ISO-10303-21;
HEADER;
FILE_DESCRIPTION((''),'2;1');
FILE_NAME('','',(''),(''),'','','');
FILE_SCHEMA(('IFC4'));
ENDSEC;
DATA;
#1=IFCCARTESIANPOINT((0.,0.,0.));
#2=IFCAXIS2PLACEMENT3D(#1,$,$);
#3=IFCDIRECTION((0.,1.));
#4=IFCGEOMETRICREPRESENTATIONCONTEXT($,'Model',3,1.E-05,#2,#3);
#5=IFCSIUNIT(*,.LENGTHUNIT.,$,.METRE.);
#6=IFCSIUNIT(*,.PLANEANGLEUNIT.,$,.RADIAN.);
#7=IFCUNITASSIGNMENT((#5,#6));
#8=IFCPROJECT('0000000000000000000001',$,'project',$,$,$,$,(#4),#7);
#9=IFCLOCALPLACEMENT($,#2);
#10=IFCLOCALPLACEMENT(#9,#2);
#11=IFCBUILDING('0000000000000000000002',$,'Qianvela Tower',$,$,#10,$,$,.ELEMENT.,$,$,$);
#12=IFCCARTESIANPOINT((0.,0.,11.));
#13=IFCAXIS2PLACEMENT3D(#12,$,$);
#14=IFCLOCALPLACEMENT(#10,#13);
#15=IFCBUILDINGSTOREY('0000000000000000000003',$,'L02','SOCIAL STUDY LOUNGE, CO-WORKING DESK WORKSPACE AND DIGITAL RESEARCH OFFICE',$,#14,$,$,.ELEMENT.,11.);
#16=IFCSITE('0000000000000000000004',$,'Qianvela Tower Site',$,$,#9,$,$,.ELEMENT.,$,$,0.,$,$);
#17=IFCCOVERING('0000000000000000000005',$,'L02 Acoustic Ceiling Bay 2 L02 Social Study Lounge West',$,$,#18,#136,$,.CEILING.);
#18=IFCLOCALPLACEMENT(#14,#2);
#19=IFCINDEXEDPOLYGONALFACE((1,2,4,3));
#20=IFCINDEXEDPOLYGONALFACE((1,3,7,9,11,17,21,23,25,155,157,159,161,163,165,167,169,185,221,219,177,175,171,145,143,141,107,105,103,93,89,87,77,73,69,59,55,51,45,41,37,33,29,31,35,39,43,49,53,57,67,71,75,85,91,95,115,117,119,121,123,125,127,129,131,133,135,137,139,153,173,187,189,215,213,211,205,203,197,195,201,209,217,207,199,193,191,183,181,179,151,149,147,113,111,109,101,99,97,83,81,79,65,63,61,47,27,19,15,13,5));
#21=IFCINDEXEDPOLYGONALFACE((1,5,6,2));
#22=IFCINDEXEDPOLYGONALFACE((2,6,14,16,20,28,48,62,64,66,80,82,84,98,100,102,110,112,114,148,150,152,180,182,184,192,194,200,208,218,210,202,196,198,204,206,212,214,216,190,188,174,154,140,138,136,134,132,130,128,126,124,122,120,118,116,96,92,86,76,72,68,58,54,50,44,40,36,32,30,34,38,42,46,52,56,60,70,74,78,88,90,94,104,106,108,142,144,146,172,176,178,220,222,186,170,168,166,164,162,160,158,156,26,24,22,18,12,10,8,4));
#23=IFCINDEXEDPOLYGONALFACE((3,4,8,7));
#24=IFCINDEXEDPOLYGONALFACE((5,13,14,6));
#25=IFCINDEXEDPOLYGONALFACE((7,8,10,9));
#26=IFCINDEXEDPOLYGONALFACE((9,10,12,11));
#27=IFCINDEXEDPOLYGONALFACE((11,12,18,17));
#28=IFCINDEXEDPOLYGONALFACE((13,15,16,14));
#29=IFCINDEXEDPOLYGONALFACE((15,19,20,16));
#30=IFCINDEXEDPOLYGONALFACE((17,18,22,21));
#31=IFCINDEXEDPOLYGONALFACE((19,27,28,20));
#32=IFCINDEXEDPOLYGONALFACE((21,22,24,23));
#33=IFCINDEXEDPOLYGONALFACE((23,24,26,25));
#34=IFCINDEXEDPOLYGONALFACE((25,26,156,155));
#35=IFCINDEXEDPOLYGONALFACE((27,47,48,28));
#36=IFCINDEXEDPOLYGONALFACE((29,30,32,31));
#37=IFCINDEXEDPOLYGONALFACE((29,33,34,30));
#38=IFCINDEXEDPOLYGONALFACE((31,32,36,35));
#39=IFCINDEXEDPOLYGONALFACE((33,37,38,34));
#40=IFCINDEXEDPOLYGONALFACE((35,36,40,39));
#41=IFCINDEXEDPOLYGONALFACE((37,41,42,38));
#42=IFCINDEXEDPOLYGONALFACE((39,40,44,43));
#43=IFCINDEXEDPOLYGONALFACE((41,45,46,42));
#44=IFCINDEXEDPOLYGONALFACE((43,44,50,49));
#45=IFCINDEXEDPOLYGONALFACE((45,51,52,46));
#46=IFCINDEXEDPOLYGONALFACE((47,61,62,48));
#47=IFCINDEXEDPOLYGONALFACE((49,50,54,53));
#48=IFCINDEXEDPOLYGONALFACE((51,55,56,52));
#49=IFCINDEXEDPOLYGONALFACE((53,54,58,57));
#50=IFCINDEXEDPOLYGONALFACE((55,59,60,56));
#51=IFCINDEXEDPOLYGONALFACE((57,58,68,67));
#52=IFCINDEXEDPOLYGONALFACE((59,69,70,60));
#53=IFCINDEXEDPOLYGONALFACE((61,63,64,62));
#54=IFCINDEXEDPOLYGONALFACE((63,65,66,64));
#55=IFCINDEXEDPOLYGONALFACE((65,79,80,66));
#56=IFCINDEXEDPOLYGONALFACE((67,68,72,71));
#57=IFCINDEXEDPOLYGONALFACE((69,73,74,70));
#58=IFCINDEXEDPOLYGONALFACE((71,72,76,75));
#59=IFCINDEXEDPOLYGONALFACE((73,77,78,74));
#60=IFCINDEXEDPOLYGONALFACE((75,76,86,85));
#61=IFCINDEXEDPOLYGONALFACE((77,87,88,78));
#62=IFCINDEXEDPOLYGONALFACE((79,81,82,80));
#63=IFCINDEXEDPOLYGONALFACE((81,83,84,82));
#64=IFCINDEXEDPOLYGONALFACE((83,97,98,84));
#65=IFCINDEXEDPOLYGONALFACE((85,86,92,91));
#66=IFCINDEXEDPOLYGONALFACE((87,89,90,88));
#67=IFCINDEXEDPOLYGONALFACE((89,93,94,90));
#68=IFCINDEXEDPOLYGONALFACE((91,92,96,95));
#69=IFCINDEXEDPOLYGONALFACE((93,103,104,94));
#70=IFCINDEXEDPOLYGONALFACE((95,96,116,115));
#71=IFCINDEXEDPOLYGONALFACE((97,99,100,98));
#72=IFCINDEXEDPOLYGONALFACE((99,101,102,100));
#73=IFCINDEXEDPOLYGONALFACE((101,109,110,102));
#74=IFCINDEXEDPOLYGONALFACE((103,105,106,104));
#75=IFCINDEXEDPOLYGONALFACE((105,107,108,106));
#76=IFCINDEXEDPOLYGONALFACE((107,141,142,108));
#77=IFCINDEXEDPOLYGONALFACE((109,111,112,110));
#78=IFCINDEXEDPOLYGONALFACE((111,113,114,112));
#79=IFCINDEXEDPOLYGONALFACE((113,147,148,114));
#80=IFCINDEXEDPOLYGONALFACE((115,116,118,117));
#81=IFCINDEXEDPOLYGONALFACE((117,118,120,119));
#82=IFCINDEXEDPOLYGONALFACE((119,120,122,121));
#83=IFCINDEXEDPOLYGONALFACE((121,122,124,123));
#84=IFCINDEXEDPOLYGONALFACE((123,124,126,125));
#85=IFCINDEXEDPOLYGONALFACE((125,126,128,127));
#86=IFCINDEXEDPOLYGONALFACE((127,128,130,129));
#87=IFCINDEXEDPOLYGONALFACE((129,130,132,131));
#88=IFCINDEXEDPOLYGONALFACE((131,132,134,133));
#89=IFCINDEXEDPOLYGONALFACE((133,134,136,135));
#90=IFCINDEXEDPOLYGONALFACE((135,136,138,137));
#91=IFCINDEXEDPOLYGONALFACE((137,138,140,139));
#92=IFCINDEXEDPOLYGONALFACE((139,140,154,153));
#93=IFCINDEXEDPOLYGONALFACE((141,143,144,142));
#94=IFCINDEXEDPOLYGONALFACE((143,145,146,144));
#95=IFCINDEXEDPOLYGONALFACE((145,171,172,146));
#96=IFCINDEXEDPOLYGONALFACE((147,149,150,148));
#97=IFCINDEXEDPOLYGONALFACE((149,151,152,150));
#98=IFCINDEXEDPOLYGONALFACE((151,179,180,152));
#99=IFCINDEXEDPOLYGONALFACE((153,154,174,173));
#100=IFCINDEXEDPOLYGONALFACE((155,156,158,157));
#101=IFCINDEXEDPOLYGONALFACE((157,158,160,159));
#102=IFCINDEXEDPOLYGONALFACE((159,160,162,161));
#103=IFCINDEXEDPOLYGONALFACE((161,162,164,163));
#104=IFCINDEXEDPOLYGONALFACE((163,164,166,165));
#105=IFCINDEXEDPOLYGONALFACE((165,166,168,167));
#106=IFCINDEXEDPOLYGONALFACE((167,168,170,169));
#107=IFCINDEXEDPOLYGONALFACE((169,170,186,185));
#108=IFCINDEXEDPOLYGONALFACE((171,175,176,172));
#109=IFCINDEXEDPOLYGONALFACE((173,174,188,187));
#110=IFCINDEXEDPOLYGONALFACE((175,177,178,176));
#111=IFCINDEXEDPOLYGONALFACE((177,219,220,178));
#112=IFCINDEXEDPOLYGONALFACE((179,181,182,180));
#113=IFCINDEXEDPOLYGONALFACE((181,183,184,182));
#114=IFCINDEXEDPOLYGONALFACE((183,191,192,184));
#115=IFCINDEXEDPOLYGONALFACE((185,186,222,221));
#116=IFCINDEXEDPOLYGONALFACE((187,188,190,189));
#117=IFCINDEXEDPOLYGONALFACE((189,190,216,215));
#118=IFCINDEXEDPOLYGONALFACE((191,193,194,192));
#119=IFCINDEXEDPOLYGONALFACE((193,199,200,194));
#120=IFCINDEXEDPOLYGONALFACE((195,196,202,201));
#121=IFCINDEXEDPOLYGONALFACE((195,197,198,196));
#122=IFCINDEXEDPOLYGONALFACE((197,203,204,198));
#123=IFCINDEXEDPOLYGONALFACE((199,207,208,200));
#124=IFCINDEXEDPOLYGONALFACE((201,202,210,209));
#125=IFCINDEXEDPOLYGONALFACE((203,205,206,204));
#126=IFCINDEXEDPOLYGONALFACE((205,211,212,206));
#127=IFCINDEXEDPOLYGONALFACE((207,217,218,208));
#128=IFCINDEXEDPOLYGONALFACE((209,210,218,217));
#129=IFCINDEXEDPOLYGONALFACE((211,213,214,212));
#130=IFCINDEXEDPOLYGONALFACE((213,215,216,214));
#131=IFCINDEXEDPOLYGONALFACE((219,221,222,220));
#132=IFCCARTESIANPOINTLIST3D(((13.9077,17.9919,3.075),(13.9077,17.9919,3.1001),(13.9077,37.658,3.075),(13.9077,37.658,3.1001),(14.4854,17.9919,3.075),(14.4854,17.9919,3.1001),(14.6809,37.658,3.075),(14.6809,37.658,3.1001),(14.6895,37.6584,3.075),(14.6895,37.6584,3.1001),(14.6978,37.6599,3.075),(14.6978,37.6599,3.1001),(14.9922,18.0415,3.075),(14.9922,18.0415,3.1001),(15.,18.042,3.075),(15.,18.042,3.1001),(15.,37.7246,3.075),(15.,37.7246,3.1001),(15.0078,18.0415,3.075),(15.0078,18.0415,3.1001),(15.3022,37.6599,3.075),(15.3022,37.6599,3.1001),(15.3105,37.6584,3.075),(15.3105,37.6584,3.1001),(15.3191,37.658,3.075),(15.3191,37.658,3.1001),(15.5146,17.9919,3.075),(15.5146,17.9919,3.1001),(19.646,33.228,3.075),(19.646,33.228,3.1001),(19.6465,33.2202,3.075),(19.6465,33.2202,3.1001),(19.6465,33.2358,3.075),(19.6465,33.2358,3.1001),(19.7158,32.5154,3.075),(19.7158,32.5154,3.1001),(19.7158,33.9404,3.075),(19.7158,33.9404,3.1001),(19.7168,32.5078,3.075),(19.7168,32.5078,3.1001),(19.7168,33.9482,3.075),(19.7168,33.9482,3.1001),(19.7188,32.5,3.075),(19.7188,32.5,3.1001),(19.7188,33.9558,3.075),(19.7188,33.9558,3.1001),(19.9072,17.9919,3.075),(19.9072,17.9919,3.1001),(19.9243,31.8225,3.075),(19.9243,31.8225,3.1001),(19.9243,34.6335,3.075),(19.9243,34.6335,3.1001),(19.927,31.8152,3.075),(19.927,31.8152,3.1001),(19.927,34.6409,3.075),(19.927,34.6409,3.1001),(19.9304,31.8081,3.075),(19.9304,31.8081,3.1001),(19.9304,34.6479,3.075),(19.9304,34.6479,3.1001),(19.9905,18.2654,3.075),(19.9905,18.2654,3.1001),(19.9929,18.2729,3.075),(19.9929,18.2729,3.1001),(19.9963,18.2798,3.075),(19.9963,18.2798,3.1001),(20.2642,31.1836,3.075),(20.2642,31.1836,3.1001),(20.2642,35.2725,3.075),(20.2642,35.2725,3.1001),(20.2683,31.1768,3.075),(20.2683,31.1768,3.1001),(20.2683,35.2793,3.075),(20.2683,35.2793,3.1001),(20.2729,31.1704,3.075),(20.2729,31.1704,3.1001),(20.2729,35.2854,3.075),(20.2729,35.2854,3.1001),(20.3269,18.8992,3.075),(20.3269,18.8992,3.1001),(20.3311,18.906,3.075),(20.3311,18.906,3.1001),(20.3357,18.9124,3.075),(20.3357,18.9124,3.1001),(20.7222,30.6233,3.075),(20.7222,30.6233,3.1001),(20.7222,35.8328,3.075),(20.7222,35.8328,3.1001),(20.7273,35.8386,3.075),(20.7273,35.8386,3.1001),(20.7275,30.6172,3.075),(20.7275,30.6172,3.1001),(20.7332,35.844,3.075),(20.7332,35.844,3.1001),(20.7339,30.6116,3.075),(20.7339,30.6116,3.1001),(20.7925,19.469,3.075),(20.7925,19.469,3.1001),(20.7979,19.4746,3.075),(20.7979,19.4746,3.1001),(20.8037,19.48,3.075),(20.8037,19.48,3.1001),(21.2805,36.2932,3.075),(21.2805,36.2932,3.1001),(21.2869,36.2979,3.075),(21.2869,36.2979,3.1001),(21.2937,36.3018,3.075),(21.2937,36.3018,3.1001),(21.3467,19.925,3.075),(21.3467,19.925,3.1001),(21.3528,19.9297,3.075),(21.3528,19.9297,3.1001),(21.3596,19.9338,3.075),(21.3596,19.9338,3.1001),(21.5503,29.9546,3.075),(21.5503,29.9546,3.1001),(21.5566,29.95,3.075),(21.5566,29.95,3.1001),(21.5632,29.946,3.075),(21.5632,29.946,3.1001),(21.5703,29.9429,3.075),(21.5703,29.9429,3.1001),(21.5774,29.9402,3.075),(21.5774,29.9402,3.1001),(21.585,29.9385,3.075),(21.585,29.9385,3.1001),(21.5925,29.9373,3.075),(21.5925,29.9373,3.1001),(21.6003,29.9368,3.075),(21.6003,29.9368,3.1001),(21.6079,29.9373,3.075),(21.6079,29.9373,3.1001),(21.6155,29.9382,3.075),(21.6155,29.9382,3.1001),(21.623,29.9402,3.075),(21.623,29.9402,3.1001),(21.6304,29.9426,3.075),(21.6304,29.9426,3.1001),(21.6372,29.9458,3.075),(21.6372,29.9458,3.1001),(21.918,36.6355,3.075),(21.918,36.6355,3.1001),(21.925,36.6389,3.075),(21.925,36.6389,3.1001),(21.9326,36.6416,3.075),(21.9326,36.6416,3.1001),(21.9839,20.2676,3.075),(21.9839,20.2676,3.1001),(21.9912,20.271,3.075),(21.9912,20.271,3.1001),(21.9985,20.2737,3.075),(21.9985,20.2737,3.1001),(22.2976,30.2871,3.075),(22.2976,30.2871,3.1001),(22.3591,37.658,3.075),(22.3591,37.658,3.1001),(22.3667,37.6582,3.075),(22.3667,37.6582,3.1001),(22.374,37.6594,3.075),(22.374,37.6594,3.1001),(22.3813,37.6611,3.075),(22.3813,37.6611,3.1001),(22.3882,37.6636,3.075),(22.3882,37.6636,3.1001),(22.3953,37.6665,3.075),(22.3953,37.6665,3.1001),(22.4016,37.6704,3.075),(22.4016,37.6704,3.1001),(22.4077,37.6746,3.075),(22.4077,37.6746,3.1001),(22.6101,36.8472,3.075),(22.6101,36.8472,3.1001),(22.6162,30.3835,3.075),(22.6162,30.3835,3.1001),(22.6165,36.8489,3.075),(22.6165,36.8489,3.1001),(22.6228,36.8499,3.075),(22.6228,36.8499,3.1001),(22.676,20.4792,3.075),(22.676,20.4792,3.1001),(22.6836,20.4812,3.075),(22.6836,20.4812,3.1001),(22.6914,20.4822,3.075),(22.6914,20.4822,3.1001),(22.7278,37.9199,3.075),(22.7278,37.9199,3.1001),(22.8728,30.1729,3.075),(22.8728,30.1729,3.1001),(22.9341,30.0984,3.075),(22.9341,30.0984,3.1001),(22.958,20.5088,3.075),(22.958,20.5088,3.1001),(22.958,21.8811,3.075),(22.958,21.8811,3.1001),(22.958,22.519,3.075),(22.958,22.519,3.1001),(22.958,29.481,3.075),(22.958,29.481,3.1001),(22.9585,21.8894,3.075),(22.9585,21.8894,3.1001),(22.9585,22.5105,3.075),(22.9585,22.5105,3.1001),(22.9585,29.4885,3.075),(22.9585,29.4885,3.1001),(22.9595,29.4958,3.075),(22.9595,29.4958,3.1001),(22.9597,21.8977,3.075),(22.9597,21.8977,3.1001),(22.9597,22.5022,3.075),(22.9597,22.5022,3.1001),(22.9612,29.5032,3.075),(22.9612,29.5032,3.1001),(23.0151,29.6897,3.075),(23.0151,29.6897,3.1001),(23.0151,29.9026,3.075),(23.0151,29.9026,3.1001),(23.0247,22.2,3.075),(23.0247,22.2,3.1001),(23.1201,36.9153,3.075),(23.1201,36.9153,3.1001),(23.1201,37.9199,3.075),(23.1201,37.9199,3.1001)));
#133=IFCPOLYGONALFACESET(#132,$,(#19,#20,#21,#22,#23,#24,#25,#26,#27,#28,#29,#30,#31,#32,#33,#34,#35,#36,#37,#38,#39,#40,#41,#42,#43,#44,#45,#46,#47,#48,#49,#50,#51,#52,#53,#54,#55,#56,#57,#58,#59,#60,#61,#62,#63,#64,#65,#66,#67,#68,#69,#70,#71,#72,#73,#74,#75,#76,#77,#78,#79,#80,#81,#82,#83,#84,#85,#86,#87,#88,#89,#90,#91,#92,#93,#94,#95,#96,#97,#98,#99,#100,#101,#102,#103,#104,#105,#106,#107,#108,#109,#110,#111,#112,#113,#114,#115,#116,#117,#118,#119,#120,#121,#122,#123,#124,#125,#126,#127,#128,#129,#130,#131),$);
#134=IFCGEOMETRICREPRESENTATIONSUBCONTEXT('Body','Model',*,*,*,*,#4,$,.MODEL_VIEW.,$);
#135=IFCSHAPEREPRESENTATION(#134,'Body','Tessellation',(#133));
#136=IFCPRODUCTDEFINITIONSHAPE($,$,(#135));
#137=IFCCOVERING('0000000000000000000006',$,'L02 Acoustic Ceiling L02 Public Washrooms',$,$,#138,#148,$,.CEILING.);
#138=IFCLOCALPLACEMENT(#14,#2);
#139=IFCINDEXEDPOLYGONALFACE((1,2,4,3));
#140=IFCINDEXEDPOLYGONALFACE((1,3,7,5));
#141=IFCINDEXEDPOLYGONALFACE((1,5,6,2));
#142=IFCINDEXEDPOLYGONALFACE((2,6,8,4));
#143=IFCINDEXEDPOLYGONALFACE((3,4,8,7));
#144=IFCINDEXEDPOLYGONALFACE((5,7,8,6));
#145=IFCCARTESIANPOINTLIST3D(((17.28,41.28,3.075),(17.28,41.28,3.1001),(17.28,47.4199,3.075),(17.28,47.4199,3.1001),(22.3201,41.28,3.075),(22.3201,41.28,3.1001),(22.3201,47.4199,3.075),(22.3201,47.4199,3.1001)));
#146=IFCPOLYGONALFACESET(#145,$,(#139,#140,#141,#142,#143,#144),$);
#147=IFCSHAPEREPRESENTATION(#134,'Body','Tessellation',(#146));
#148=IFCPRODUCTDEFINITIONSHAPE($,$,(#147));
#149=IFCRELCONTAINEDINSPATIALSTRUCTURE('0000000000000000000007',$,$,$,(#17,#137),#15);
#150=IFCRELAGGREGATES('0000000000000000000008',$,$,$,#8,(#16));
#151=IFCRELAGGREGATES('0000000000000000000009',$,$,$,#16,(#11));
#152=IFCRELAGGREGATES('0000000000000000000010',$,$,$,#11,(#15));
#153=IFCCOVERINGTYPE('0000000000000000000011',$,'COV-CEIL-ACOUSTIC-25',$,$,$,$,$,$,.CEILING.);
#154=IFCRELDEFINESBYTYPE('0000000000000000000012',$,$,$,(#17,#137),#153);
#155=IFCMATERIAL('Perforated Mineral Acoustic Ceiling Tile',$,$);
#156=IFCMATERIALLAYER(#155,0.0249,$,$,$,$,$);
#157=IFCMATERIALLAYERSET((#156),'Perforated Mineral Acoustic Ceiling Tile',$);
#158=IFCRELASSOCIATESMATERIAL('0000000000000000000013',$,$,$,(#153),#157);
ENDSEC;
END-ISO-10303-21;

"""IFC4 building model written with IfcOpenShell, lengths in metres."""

from ifc_helpers import new_model, si_unit, direction, frame, origin, place, context, subcontext, project, spatial, polyline, outline, extrude, material, layer, layer_set, type_object, element, save


model = new_model("IFC4")

# Units and contexts
model_context = context("Model", 3, precision=1e-05, world=origin(), true_north=direction((0.0, 1.0)))
body_context = subcontext(model_context, "Body", "Model", "MODEL_VIEW")
ifc_project = project(units=[si_unit("LENGTHUNIT", "METRE"), si_unit("PLANEANGLEUNIT", "RADIAN")], contexts=[model_context])

# Site, building, storey
site_placement = place(None, origin())
site = spatial("IfcSite", under=ifc_project, at=site_placement, Name="Qianvela Tower Site", CompositionType="ELEMENT", RefElevation=0.0)
building_placement = place(site_placement, origin())
building = spatial("IfcBuilding", under=site, at=building_placement, Name="Qianvela Tower", CompositionType="ELEMENT")
storey_placement = place(building_placement, frame((0.0, 0.0, 11.0)))
storey = spatial("IfcBuildingStorey", under=building, at=storey_placement, Name="L02", Description="SOCIAL STUDY LOUNGE, CO-WORKING DESK WORKSPACE AND DIGITAL RESEARCH OFFICE", CompositionType="ELEMENT", Elevation=11.0)

# Coverings
ifc_material_1 = material(Name="Perforated Mineral Acoustic Ceiling Tile")
ifc_layer_1 = layer(ifc_material_1, 0.0249)
ifc_layer_set_1 = layer_set([ifc_layer_1], Name="Perforated Mineral Acoustic Ceiling Tile")
covering_type_1 = type_object("IfcCoveringType", Name="COV-CEIL-ACOUSTIC-25", PredefinedType="CEILING", material=ifc_layer_set_1)
covering_1_placement = place(storey_placement, frame((0.0, 0.0, 3.075)))
element("IfcCovering", 1, at=covering_1_placement, inside=storey, type_object=covering_type_1, Name="L02 Acoustic Ceiling Bay 2 L02 Social Study Lounge West", PredefinedType="CEILING", context=body_context, shape_type="SweptSolid", body=[
    extrude(outline(polyline([(22.6228, 36.8499), (22.6165, 36.8489), (22.6101, 36.8472), (21.9326, 36.6416), (21.925, 36.6389), (21.918, 36.6355), (21.2937, 36.3018), (21.2869, 36.2979), (21.2805, 36.2932), (20.7332, 35.844), (20.7273, 35.8386), (20.7222, 35.8328), (20.2729, 35.2854), (20.2683, 35.2793), (20.2642, 35.2725), (19.9304, 34.6479), (19.927, 34.6409), (19.9243, 34.6335), (19.7188, 33.9558), (19.7168, 33.9482), (19.7158, 33.9404), (19.6465, 33.2358), (19.646, 33.228), (19.6465, 33.2202), (19.7158, 32.5154), (19.7168, 32.5078), (19.7188, 32.5), (19.9243, 31.8225), (19.927, 31.8152), (19.9304, 31.8081), (20.2642, 31.1836), (20.2683, 31.1768), (20.2729, 31.1704), (20.7222, 30.6233), (20.7275, 30.6172), (20.7339, 30.6116), (21.5503, 29.9546), (21.5566, 29.95), (21.5632, 29.946), (21.5703, 29.9429), (21.5774, 29.9402), (21.585, 29.9385), (21.5925, 29.9373), (21.6003, 29.9368), (21.6079, 29.9373), (21.6155, 29.9382), (21.623, 29.9402), (21.6304, 29.9426), (21.6372, 29.9458), (22.2976, 30.2871), (22.6162, 30.3835), (22.8728, 30.1729), (22.9341, 30.0984), (23.0151, 29.9026), (23.0151, 29.6897), (22.9612, 29.5032), (22.9595, 29.4958), (22.9585, 29.4885), (22.958, 29.481), (22.958, 22.519), (22.9585, 22.5105), (22.9597, 22.5022), (23.0247, 22.2), (22.9597, 21.8977), (22.9585, 21.8894), (22.958, 21.8811), (22.958, 20.5088), (22.6914, 20.4822), (22.6836, 20.4812), (22.676, 20.4792), (21.9985, 20.2737), (21.9912, 20.271), (21.9839, 20.2676), (21.3596, 19.9338), (21.3528, 19.9297), (21.3467, 19.925), (20.8037, 19.48), (20.7979, 19.4746), (20.7925, 19.469), (20.3357, 18.9124), (20.3311, 18.906), (20.3269, 18.8992), (19.9963, 18.2798), (19.9929, 18.2729), (19.9905, 18.2654), (19.9072, 17.9919), (15.5146, 17.9919), (15.0078, 18.0415), (15.0, 18.042), (14.9922, 18.0415), (14.4854, 17.9919), (13.9077, 17.9919), (13.9077, 37.658), (14.6809, 37.658), (14.6895, 37.6584), (14.6978, 37.6599), (15.0, 37.7246), (15.3022, 37.6599), (15.3105, 37.6584), (15.3191, 37.658), (22.3591, 37.658), (22.3667, 37.6582), (22.374, 37.6594), (22.3813, 37.6611), (22.3882, 37.6636), (22.3953, 37.6665), (22.4016, 37.6704), (22.4077, 37.6746), (22.7278, 37.9199), (23.1201, 37.9199), (23.1201, 36.9153), (22.6228, 36.8499)])), origin(), (0.0, 0.0, 1.0), 0.0251),
])
covering_2_placement = place(storey_placement, frame((0.0, 0.0, 3.075)))
element("IfcCovering", 2, at=covering_2_placement, inside=storey, type_object=covering_type_1, Name="L02 Acoustic Ceiling L02 Public Washrooms", PredefinedType="CEILING", context=body_context, shape_type="SweptSolid", body=[
    extrude(outline(polyline([(22.3201, 41.28), (17.28, 41.28), (17.28, 47.4199), (22.3201, 47.4199), (22.3201, 41.28)])), origin(), (0.0, 0.0, 1.0), 0.0251),
])

save(model, "model.ifc")
